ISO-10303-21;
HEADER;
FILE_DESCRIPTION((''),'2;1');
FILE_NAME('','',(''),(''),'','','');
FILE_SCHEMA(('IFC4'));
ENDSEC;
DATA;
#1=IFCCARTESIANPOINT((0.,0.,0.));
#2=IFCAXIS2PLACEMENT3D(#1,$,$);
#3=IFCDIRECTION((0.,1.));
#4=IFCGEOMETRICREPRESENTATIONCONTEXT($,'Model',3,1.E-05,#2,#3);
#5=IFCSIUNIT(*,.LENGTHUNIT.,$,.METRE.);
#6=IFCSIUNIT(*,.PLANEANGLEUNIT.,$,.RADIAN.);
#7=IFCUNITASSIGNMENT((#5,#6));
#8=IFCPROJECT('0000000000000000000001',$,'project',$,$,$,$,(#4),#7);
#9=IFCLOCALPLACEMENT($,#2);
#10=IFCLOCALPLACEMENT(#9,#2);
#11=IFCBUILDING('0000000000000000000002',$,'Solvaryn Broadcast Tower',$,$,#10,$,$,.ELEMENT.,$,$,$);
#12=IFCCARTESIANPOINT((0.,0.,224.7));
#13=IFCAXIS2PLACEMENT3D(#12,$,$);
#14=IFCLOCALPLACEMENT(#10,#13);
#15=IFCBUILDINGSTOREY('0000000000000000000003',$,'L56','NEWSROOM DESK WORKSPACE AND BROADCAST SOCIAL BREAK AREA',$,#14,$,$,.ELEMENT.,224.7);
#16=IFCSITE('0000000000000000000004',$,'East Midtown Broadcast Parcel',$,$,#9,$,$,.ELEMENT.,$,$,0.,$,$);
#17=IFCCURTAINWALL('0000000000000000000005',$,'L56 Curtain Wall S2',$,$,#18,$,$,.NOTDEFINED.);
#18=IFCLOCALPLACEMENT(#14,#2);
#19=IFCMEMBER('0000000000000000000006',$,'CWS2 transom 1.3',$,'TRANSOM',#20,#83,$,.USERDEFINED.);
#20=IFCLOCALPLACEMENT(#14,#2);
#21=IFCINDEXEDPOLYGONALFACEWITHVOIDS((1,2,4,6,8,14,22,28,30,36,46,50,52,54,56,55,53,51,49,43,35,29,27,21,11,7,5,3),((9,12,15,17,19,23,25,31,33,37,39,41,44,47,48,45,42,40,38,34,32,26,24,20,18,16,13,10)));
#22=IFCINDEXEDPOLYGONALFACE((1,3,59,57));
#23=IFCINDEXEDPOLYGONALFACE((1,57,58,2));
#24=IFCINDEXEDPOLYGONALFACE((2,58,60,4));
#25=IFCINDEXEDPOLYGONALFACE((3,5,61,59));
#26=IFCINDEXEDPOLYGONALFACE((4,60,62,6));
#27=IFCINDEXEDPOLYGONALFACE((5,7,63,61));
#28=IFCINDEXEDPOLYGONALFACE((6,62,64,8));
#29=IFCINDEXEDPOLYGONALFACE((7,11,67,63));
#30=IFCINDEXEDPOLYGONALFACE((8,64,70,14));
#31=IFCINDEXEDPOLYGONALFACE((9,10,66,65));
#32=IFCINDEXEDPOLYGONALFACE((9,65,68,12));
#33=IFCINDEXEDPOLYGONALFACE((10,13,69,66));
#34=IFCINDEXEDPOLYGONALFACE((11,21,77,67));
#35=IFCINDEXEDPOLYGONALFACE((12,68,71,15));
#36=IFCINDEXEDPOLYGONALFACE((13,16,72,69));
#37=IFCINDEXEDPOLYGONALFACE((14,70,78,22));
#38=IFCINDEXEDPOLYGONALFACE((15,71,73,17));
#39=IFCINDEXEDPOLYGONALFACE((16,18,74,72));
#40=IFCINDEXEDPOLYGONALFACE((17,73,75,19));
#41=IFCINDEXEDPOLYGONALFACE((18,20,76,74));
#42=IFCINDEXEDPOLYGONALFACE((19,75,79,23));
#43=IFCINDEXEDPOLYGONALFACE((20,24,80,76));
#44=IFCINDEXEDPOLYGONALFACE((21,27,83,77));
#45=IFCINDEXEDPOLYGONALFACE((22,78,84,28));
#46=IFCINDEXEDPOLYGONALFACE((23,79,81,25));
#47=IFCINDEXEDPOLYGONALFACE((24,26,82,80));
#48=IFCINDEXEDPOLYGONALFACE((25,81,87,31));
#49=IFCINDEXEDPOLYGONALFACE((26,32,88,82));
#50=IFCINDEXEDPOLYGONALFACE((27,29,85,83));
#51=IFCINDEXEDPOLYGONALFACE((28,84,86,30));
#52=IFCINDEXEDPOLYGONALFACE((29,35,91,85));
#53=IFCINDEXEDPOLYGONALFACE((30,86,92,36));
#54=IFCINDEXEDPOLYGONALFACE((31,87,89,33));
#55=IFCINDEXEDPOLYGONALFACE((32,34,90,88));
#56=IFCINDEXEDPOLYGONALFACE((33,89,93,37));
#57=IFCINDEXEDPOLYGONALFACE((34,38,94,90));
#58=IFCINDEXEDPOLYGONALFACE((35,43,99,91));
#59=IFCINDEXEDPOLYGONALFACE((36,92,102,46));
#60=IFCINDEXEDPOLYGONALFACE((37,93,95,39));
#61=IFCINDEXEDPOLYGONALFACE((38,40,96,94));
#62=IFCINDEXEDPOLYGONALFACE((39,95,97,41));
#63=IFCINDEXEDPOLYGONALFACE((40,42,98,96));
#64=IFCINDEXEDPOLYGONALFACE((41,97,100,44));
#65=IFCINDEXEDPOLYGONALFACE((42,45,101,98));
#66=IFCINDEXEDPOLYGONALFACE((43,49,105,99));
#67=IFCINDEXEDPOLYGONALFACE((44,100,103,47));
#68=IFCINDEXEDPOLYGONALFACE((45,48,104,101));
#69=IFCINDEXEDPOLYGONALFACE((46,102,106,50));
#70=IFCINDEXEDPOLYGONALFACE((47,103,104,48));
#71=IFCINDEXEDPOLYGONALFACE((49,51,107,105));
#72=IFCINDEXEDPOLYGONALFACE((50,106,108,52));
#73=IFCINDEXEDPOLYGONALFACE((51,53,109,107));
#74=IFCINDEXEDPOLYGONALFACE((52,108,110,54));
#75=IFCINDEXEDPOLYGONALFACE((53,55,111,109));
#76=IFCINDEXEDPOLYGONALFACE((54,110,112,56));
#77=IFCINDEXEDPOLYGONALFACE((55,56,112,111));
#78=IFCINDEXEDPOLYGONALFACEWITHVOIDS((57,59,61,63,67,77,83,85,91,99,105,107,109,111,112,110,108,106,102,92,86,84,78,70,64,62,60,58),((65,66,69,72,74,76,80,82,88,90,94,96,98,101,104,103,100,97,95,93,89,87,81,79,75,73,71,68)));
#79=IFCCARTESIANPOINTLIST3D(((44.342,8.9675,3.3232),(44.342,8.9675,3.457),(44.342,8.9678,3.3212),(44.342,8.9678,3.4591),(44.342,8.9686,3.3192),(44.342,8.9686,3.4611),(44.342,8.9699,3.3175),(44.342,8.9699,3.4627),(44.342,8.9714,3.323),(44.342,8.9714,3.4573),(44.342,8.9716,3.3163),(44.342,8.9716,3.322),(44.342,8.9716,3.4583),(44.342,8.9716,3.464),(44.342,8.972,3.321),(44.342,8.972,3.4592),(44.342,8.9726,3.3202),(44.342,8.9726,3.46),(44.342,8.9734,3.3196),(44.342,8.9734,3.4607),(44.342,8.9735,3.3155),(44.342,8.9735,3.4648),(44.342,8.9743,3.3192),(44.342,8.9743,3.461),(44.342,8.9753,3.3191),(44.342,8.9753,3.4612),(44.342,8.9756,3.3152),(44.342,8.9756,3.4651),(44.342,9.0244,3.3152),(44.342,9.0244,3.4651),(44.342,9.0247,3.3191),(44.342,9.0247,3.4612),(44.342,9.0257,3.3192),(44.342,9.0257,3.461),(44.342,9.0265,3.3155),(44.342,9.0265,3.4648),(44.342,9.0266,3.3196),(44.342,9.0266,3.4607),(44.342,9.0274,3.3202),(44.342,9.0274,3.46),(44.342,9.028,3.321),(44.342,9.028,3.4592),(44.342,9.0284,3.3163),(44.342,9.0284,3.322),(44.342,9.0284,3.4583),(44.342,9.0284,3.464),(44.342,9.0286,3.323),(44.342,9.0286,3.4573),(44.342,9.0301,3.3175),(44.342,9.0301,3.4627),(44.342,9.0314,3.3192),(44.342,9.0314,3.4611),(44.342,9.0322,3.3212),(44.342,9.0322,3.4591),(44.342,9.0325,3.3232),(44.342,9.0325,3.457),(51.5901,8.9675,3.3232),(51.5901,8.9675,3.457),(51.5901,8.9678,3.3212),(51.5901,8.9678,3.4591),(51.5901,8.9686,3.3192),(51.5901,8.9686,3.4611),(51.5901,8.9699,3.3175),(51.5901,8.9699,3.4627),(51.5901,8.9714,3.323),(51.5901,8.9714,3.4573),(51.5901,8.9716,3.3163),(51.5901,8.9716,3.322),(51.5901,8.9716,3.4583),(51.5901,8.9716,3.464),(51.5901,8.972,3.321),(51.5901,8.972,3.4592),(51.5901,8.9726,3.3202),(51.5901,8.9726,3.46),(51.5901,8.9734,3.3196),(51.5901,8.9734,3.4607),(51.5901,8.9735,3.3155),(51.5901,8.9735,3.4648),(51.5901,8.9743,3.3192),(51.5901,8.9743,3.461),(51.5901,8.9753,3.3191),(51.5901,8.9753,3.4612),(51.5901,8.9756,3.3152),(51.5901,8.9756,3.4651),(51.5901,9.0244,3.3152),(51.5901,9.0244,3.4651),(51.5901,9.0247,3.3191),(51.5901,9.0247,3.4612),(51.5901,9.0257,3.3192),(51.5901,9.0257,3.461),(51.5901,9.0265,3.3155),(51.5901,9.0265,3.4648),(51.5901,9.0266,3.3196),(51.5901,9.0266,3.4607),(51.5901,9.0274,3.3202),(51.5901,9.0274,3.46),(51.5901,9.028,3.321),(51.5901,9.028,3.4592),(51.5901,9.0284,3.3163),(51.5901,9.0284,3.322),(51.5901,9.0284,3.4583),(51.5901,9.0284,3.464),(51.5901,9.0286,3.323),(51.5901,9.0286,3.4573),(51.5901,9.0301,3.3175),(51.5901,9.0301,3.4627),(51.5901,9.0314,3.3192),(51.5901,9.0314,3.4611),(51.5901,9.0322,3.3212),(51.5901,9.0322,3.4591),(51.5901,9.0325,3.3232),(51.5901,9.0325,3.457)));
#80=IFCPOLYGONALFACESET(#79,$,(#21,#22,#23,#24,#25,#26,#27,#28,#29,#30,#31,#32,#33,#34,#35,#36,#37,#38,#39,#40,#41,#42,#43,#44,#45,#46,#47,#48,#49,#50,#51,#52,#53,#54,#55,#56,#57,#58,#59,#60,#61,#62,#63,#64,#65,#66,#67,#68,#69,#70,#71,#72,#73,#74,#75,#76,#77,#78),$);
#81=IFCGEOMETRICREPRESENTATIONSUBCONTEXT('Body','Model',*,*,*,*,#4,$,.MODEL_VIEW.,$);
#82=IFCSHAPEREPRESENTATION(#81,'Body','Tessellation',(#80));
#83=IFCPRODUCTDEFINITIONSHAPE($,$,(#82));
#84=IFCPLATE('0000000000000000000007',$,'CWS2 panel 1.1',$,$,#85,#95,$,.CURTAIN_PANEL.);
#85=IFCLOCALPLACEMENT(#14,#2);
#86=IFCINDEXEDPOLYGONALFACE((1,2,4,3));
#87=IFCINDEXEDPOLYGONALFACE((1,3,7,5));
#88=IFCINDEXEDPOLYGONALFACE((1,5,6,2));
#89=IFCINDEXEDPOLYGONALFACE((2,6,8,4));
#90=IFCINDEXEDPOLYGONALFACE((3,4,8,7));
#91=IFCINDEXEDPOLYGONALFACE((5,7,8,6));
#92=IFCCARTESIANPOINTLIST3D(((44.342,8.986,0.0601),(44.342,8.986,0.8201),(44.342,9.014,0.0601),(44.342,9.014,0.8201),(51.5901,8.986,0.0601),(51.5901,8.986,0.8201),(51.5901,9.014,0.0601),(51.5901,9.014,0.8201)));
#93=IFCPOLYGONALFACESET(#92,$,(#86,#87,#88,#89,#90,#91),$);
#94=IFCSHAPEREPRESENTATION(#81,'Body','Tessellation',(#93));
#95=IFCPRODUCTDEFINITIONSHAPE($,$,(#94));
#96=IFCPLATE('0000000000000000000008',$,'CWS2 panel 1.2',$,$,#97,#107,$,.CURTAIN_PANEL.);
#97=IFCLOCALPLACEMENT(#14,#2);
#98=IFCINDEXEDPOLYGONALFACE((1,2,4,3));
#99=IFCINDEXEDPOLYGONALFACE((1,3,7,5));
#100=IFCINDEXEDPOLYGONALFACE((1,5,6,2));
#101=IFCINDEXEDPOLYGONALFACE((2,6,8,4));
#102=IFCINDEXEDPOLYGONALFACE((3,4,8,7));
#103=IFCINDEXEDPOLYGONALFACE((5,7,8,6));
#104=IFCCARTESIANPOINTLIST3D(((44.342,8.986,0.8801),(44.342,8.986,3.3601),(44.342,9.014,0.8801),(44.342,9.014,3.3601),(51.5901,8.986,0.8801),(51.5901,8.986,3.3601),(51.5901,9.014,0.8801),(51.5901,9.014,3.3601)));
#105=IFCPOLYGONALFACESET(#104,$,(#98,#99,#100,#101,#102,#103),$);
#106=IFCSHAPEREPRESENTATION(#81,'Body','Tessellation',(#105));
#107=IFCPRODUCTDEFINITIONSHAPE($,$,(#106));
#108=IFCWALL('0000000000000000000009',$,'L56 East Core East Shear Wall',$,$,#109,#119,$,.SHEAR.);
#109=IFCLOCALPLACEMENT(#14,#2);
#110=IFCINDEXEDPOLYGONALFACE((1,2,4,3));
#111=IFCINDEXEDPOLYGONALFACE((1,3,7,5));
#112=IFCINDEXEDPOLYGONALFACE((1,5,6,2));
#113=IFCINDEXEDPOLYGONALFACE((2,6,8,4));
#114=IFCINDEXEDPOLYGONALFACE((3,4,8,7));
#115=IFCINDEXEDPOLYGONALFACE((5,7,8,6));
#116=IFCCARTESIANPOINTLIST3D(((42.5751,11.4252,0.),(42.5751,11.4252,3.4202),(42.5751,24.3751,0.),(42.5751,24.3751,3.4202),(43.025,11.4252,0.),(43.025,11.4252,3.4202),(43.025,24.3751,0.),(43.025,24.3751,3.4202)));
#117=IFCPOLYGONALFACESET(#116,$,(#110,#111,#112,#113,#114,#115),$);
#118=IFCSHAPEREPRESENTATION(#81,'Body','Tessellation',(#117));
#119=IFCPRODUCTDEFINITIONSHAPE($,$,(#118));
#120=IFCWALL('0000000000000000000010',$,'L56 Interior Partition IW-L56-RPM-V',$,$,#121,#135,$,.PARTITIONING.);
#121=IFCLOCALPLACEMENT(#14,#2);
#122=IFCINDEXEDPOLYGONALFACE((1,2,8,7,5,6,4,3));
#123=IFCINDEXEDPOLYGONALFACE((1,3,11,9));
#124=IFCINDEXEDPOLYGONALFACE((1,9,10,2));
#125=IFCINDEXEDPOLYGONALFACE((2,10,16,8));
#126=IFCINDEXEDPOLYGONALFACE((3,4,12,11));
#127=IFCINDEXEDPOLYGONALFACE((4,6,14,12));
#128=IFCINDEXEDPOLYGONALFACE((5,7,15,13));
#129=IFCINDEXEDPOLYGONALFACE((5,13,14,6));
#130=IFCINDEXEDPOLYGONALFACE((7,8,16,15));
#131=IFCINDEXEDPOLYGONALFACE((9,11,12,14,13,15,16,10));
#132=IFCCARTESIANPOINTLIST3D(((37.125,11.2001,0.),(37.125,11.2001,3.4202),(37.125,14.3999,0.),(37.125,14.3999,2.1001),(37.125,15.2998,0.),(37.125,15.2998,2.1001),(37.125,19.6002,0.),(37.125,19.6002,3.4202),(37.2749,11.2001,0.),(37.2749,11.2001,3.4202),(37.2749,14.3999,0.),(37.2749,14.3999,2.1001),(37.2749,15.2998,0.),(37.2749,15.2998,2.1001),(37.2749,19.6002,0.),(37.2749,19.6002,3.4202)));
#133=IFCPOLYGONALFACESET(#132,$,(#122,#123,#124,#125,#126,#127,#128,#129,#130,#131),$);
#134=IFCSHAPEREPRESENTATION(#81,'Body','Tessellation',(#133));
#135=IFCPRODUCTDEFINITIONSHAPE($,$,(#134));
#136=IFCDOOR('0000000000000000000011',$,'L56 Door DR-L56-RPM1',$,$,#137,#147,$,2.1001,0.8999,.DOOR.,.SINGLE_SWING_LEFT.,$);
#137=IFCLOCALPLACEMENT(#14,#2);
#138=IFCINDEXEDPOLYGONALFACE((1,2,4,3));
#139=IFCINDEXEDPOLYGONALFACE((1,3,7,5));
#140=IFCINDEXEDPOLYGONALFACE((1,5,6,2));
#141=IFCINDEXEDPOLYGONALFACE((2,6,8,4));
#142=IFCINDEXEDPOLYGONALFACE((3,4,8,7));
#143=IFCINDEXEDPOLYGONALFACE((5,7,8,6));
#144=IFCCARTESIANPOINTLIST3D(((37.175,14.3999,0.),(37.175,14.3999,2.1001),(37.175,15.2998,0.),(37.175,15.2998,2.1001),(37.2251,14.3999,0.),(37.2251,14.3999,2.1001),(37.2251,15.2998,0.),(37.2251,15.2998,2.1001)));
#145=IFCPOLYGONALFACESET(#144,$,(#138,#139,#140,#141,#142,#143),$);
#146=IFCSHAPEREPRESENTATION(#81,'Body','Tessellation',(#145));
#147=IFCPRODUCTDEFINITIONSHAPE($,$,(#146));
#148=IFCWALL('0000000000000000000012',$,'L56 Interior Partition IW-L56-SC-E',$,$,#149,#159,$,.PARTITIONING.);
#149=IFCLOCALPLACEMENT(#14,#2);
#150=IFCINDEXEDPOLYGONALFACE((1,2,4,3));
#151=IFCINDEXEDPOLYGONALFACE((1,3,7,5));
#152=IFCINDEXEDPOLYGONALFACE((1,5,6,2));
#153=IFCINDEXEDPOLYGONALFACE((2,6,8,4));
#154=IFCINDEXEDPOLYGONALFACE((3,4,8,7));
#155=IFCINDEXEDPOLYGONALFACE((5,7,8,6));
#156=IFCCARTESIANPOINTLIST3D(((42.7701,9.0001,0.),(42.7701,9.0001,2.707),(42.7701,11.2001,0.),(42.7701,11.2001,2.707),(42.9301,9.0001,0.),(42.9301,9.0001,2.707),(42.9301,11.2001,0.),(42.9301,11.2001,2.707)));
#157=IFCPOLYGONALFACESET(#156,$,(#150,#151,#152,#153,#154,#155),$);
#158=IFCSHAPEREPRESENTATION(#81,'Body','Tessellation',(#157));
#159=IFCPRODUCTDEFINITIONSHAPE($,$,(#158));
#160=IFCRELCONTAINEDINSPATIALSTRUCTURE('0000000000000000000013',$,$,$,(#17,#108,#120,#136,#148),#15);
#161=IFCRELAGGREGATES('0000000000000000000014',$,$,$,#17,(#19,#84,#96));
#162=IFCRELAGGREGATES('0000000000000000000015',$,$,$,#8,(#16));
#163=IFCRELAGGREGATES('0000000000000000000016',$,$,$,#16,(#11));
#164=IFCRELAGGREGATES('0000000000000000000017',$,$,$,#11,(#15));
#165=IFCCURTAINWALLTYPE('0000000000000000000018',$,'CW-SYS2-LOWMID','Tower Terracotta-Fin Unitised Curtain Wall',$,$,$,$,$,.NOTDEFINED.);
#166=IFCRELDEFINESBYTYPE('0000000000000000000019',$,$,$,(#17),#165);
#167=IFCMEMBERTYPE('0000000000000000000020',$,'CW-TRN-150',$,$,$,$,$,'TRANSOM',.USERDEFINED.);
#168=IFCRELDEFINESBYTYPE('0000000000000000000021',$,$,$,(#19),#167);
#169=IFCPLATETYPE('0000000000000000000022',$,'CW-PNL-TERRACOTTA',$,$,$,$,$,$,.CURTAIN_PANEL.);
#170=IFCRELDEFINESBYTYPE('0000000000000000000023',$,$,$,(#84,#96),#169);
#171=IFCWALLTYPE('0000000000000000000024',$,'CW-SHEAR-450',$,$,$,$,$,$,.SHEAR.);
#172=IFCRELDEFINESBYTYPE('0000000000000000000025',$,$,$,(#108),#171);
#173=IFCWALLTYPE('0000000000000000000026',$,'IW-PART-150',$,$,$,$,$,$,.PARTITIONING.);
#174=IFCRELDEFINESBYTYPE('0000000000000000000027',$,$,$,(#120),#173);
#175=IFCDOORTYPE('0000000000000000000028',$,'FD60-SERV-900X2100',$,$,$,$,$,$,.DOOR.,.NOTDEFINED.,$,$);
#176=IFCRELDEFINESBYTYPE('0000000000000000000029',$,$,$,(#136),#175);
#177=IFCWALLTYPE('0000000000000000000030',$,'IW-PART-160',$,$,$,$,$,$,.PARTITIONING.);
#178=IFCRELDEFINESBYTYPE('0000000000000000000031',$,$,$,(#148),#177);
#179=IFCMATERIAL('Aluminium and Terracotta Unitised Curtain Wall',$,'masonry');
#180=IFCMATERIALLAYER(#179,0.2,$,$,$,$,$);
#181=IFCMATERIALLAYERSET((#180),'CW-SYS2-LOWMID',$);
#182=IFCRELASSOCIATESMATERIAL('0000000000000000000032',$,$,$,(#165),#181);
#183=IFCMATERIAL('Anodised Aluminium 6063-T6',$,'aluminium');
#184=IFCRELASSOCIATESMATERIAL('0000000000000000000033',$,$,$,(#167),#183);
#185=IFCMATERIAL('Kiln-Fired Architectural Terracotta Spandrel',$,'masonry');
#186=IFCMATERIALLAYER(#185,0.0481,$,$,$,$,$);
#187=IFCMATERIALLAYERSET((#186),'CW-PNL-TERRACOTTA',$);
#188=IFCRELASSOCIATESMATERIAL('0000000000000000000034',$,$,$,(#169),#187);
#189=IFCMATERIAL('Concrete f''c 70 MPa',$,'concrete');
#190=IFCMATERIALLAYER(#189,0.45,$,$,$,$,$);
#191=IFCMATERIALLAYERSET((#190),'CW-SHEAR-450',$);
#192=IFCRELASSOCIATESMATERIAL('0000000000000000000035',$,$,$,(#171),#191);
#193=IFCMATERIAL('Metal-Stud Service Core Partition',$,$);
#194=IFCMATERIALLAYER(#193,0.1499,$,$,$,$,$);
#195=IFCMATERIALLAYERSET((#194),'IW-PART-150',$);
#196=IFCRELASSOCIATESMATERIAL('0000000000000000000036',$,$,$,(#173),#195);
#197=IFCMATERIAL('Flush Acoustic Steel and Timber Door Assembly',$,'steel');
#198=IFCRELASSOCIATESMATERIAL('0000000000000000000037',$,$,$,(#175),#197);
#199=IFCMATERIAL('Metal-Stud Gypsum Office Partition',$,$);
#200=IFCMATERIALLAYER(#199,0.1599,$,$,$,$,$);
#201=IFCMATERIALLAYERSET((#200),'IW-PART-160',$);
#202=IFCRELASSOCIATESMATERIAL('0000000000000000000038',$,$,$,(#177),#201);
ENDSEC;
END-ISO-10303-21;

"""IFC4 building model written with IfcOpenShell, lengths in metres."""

from ifc_helpers import new_model, si_unit, direction, frame, frame_2d, origin, origin_2d, place, context, subcontext, project, spatial, rectangle, hollow_rectangle, extrude, material, layer, layer_set, material_profile, profile_set, type_object, element, fill, aggregate, save


model = new_model("IFC4")

# Units and contexts
model_context = context("Model", 3, precision=1e-05, world=origin(), true_north=direction((0.0, 1.0)))
body_context = subcontext(model_context, "Body", "Model", "MODEL_VIEW")
ifc_project = project(units=[si_unit("LENGTHUNIT", "METRE"), si_unit("PLANEANGLEUNIT", "RADIAN")], contexts=[model_context])

# Site, building, storey
site_placement = place(None, origin())
site = spatial("IfcSite", under=ifc_project, at=site_placement, Name="East Midtown Broadcast Parcel", CompositionType="ELEMENT", RefElevation=0.0)
building_placement = place(site_placement, origin())
building = spatial("IfcBuilding", under=site, at=building_placement, Name="Solvaryn Broadcast Tower", CompositionType="ELEMENT")
storey_placement = place(building_placement, frame((0.0, 0.0, 224.7)))
storey = spatial("IfcBuildingStorey", under=building, at=storey_placement, Name="L56", Description="NEWSROOM DESK WORKSPACE AND BROADCAST SOCIAL BREAK AREA", CompositionType="ELEMENT", Elevation=224.7)

# Shared definitions
ifc_material_1 = material(Name="Aluminium and Terracotta Unitised Curtain Wall", Category="masonry")
ifc_layer_1 = layer(ifc_material_1, 0.2)
ifc_layer_set_1 = layer_set([ifc_layer_1], Name="CW-SYS2-LOWMID")
curtain_wall_type = type_object("IfcCurtainWallType", Name="CW-SYS2-LOWMID", Description="Tower Terracotta-Fin Unitised Curtain Wall", PredefinedType="NOTDEFINED", material=ifc_layer_set_1)

# Curtain wall, member, plates
curtain_wall_1_placement = place(storey_placement, origin())
curtain_wall_1 = element("IfcCurtainWall", 1, at=curtain_wall_1_placement, inside=storey, type_object=curtain_wall_type, Name="L56 Curtain Wall S2", PredefinedType="NOTDEFINED")
ifc_material_2 = material(Name="Anodised Aluminium 6063-T6", Category="aluminium")
ifc_material_profile_1 = material_profile(ifc_material_2, hollow_rectangle(XDim=0.0649, YDim=0.1499, WallThickness=0.0039, InnerFilletRadius=0.0039, OuterFilletRadius=0.0081, at=origin_2d()))
ifc_profile_set_1 = profile_set([ifc_material_profile_1], Name="Anodised Aluminium 6063-T6")
member_type_1 = type_object("IfcMemberType", Name="CW-TRN-150", ElementType="TRANSOM", PredefinedType="USERDEFINED", material=ifc_profile_set_1)
member_1_placement = place(storey_placement, frame((44.342, 9.0, 3.3901), z_axis=(1.0, 0.0, 0.0), x_axis=(0.0, 1.0, 0.0)))
member_1 = element("IfcMember", 2, at=member_1_placement, type_object=member_type_1, Name="CWS2 transom 1.3", ObjectType="TRANSOM", PredefinedType="USERDEFINED", context=body_context, shape_type="SweptSolid", body=[
    extrude(hollow_rectangle(XDim=0.0649, YDim=0.1499, WallThickness=0.0039, InnerFilletRadius=0.0039, OuterFilletRadius=0.0081, at=origin_2d()), origin(), (0.0, 0.0, 1.0), 7.248),
])
ifc_material_3 = material(Name="Kiln-Fired Architectural Terracotta Spandrel", Category="masonry")
ifc_layer_2 = layer(ifc_material_3, 0.0481)
ifc_layer_set_2 = layer_set([ifc_layer_2], Name="CW-PNL-TERRACOTTA")
plate_type = type_object("IfcPlateType", Name="CW-PNL-TERRACOTTA", PredefinedType="CURTAIN_PANEL", material=ifc_layer_set_2)
plate_1_placement = place(storey_placement, frame((47.9661, 9.0, 0.0601), z_axis=(0.0, 0.0, 1.0), x_axis=(1.0, 0.0, 0.0)))
plate_1 = element("IfcPlate", 3, at=plate_1_placement, type_object=plate_type, Name="CWS2 panel 1.1", PredefinedType="CURTAIN_PANEL", context=body_context, shape_type="SweptSolid", body=[
    extrude(rectangle(XDim=7.248, YDim=0.0281, at=origin_2d()), origin(), (0.0, 0.0, 1.0), 0.76),
])
plate_2_placement = place(storey_placement, frame((47.9661, 9.0, 0.8801), z_axis=(0.0, 0.0, 1.0), x_axis=(1.0, 0.0, 0.0)))
plate_2 = element("IfcPlate", 4, at=plate_2_placement, type_object=plate_type, Name="CWS2 panel 1.2", PredefinedType="CURTAIN_PANEL", context=body_context, shape_type="SweptSolid", body=[
    extrude(rectangle(XDim=7.248, YDim=0.0281, at=origin_2d()), origin(), (0.0, 0.0, 1.0), 2.48),
])
aggregate(curtain_wall_1, [member_1, plate_1, plate_2])

# Wall
ifc_material_4 = material(Name="Concrete f'c 70 MPa", Category="concrete")
ifc_layer_3 = layer(ifc_material_4, 0.45)
ifc_layer_set_3 = layer_set([ifc_layer_3], Name="CW-SHEAR-450")
wall_type_1 = type_object("IfcWallType", Name="CW-SHEAR-450", PredefinedType="SHEAR", material=ifc_layer_set_3)
wall_1_placement = place(storey_placement, frame((42.8, 11.425, 0.0), z_axis=(0.0, 0.0, 1.0), x_axis=(0.0, 1.0, 0.0)))
element("IfcWall", 5, at=wall_1_placement, inside=storey, type_object=wall_type_1, Name="L56 East Core East Shear Wall", PredefinedType="SHEAR", context=body_context, shape_type="SweptSolid", body=[
    extrude(rectangle(XDim=12.95, YDim=0.45, at=frame_2d((6.4751, 0.0))), origin(), (0.0, 0.0, 1.0), 3.4202),
])

# Wall, opening, door
ifc_material_5 = material(Name="Metal-Stud Service Core Partition")
ifc_layer_4 = layer(ifc_material_5, 0.1499)
ifc_layer_set_4 = layer_set([ifc_layer_4], Name="IW-PART-150")
wall_type_2 = type_object("IfcWallType", Name="IW-PART-150", PredefinedType="PARTITIONING", material=ifc_layer_set_4)
wall_2_placement = place(storey_placement, frame((37.2, 11.2, 0.0), z_axis=(0.0, 0.0, 1.0), x_axis=(0.0, 1.0, 0.0)))
wall_2 = element("IfcWall", 6, at=wall_2_placement, inside=storey, type_object=wall_type_2, Name="L56 Interior Partition IW-L56-RPM-V", PredefinedType="PARTITIONING", context=body_context, shape_type="SweptSolid", body=[
    extrude(rectangle(XDim=8.4001, YDim=0.1499, at=frame_2d((4.2002, 0.0))), origin(), (0.0, 0.0, 1.0), 3.4202),
])
opening_1_placement = place(wall_2_placement, frame((3.2, 0.0, 0.0)))
opening_1 = element("IfcOpeningElement", 7, at=opening_1_placement, cuts=wall_2, PredefinedType="OPENING", context=body_context, shape_type="SweptSolid", body=[
    extrude(rectangle(XDim=0.8999, YDim=2.1001, at=frame_2d((0.45, 1.05))), frame((0.0, 0.085, 0.0), z_axis=(0.0, -1.0, 0.0), x_axis=(1.0, 0.0, 0.0)), (0.0, 0.0, 1.0), 0.1699),
])
ifc_material_6 = material(Name="Flush Acoustic Steel and Timber Door Assembly", Category="steel")
door_type_1 = type_object("IfcDoorType", Name="FD60-SERV-900X2100", OperationType="NOTDEFINED", PredefinedType="DOOR", material=ifc_material_6)
door_1_placement = place(opening_1_placement, origin())
door_1 = element("IfcDoor", 8, at=door_1_placement, inside=storey, type_object=door_type_1, Name="L56 Door DR-L56-RPM1", OperationType="SINGLE_SWING_LEFT", OverallHeight=2.1001, OverallWidth=0.8999, PredefinedType="DOOR", context=body_context, shape_type="SweptSolid", body=[
    extrude(rectangle(XDim=0.8999, YDim=2.1001, at=frame_2d((0.45, 1.05))), frame((0.0, 0.0249, 0.0), z_axis=(0.0, -1.0, 0.0), x_axis=(1.0, 0.0, 0.0)), (0.0, 0.0, 1.0), 0.05),
])
fill(opening_1, door_1)

# Wall
ifc_material_7 = material(Name="Metal-Stud Gypsum Office Partition")
ifc_layer_5 = layer(ifc_material_7, 0.1599)
ifc_layer_set_5 = layer_set([ifc_layer_5], Name="IW-PART-160")
wall_type_3 = type_object("IfcWallType", Name="IW-PART-160", PredefinedType="PARTITIONING", material=ifc_layer_set_5)
wall_3_placement = place(storey_placement, frame((42.8501, 9.0, 0.0), z_axis=(0.0, 0.0, 1.0), x_axis=(0.0, 1.0, 0.0)))
element("IfcWall", 9, at=wall_3_placement, inside=storey, type_object=wall_type_3, Name="L56 Interior Partition IW-L56-SC-E", PredefinedType="PARTITIONING", context=body_context, shape_type="SweptSolid", body=[
    extrude(rectangle(XDim=2.2, YDim=0.1599, at=frame_2d((1.1001, 0.0))), origin(), (0.0, 0.0, 1.0), 2.707),
])

save(model, "model.ifc")
